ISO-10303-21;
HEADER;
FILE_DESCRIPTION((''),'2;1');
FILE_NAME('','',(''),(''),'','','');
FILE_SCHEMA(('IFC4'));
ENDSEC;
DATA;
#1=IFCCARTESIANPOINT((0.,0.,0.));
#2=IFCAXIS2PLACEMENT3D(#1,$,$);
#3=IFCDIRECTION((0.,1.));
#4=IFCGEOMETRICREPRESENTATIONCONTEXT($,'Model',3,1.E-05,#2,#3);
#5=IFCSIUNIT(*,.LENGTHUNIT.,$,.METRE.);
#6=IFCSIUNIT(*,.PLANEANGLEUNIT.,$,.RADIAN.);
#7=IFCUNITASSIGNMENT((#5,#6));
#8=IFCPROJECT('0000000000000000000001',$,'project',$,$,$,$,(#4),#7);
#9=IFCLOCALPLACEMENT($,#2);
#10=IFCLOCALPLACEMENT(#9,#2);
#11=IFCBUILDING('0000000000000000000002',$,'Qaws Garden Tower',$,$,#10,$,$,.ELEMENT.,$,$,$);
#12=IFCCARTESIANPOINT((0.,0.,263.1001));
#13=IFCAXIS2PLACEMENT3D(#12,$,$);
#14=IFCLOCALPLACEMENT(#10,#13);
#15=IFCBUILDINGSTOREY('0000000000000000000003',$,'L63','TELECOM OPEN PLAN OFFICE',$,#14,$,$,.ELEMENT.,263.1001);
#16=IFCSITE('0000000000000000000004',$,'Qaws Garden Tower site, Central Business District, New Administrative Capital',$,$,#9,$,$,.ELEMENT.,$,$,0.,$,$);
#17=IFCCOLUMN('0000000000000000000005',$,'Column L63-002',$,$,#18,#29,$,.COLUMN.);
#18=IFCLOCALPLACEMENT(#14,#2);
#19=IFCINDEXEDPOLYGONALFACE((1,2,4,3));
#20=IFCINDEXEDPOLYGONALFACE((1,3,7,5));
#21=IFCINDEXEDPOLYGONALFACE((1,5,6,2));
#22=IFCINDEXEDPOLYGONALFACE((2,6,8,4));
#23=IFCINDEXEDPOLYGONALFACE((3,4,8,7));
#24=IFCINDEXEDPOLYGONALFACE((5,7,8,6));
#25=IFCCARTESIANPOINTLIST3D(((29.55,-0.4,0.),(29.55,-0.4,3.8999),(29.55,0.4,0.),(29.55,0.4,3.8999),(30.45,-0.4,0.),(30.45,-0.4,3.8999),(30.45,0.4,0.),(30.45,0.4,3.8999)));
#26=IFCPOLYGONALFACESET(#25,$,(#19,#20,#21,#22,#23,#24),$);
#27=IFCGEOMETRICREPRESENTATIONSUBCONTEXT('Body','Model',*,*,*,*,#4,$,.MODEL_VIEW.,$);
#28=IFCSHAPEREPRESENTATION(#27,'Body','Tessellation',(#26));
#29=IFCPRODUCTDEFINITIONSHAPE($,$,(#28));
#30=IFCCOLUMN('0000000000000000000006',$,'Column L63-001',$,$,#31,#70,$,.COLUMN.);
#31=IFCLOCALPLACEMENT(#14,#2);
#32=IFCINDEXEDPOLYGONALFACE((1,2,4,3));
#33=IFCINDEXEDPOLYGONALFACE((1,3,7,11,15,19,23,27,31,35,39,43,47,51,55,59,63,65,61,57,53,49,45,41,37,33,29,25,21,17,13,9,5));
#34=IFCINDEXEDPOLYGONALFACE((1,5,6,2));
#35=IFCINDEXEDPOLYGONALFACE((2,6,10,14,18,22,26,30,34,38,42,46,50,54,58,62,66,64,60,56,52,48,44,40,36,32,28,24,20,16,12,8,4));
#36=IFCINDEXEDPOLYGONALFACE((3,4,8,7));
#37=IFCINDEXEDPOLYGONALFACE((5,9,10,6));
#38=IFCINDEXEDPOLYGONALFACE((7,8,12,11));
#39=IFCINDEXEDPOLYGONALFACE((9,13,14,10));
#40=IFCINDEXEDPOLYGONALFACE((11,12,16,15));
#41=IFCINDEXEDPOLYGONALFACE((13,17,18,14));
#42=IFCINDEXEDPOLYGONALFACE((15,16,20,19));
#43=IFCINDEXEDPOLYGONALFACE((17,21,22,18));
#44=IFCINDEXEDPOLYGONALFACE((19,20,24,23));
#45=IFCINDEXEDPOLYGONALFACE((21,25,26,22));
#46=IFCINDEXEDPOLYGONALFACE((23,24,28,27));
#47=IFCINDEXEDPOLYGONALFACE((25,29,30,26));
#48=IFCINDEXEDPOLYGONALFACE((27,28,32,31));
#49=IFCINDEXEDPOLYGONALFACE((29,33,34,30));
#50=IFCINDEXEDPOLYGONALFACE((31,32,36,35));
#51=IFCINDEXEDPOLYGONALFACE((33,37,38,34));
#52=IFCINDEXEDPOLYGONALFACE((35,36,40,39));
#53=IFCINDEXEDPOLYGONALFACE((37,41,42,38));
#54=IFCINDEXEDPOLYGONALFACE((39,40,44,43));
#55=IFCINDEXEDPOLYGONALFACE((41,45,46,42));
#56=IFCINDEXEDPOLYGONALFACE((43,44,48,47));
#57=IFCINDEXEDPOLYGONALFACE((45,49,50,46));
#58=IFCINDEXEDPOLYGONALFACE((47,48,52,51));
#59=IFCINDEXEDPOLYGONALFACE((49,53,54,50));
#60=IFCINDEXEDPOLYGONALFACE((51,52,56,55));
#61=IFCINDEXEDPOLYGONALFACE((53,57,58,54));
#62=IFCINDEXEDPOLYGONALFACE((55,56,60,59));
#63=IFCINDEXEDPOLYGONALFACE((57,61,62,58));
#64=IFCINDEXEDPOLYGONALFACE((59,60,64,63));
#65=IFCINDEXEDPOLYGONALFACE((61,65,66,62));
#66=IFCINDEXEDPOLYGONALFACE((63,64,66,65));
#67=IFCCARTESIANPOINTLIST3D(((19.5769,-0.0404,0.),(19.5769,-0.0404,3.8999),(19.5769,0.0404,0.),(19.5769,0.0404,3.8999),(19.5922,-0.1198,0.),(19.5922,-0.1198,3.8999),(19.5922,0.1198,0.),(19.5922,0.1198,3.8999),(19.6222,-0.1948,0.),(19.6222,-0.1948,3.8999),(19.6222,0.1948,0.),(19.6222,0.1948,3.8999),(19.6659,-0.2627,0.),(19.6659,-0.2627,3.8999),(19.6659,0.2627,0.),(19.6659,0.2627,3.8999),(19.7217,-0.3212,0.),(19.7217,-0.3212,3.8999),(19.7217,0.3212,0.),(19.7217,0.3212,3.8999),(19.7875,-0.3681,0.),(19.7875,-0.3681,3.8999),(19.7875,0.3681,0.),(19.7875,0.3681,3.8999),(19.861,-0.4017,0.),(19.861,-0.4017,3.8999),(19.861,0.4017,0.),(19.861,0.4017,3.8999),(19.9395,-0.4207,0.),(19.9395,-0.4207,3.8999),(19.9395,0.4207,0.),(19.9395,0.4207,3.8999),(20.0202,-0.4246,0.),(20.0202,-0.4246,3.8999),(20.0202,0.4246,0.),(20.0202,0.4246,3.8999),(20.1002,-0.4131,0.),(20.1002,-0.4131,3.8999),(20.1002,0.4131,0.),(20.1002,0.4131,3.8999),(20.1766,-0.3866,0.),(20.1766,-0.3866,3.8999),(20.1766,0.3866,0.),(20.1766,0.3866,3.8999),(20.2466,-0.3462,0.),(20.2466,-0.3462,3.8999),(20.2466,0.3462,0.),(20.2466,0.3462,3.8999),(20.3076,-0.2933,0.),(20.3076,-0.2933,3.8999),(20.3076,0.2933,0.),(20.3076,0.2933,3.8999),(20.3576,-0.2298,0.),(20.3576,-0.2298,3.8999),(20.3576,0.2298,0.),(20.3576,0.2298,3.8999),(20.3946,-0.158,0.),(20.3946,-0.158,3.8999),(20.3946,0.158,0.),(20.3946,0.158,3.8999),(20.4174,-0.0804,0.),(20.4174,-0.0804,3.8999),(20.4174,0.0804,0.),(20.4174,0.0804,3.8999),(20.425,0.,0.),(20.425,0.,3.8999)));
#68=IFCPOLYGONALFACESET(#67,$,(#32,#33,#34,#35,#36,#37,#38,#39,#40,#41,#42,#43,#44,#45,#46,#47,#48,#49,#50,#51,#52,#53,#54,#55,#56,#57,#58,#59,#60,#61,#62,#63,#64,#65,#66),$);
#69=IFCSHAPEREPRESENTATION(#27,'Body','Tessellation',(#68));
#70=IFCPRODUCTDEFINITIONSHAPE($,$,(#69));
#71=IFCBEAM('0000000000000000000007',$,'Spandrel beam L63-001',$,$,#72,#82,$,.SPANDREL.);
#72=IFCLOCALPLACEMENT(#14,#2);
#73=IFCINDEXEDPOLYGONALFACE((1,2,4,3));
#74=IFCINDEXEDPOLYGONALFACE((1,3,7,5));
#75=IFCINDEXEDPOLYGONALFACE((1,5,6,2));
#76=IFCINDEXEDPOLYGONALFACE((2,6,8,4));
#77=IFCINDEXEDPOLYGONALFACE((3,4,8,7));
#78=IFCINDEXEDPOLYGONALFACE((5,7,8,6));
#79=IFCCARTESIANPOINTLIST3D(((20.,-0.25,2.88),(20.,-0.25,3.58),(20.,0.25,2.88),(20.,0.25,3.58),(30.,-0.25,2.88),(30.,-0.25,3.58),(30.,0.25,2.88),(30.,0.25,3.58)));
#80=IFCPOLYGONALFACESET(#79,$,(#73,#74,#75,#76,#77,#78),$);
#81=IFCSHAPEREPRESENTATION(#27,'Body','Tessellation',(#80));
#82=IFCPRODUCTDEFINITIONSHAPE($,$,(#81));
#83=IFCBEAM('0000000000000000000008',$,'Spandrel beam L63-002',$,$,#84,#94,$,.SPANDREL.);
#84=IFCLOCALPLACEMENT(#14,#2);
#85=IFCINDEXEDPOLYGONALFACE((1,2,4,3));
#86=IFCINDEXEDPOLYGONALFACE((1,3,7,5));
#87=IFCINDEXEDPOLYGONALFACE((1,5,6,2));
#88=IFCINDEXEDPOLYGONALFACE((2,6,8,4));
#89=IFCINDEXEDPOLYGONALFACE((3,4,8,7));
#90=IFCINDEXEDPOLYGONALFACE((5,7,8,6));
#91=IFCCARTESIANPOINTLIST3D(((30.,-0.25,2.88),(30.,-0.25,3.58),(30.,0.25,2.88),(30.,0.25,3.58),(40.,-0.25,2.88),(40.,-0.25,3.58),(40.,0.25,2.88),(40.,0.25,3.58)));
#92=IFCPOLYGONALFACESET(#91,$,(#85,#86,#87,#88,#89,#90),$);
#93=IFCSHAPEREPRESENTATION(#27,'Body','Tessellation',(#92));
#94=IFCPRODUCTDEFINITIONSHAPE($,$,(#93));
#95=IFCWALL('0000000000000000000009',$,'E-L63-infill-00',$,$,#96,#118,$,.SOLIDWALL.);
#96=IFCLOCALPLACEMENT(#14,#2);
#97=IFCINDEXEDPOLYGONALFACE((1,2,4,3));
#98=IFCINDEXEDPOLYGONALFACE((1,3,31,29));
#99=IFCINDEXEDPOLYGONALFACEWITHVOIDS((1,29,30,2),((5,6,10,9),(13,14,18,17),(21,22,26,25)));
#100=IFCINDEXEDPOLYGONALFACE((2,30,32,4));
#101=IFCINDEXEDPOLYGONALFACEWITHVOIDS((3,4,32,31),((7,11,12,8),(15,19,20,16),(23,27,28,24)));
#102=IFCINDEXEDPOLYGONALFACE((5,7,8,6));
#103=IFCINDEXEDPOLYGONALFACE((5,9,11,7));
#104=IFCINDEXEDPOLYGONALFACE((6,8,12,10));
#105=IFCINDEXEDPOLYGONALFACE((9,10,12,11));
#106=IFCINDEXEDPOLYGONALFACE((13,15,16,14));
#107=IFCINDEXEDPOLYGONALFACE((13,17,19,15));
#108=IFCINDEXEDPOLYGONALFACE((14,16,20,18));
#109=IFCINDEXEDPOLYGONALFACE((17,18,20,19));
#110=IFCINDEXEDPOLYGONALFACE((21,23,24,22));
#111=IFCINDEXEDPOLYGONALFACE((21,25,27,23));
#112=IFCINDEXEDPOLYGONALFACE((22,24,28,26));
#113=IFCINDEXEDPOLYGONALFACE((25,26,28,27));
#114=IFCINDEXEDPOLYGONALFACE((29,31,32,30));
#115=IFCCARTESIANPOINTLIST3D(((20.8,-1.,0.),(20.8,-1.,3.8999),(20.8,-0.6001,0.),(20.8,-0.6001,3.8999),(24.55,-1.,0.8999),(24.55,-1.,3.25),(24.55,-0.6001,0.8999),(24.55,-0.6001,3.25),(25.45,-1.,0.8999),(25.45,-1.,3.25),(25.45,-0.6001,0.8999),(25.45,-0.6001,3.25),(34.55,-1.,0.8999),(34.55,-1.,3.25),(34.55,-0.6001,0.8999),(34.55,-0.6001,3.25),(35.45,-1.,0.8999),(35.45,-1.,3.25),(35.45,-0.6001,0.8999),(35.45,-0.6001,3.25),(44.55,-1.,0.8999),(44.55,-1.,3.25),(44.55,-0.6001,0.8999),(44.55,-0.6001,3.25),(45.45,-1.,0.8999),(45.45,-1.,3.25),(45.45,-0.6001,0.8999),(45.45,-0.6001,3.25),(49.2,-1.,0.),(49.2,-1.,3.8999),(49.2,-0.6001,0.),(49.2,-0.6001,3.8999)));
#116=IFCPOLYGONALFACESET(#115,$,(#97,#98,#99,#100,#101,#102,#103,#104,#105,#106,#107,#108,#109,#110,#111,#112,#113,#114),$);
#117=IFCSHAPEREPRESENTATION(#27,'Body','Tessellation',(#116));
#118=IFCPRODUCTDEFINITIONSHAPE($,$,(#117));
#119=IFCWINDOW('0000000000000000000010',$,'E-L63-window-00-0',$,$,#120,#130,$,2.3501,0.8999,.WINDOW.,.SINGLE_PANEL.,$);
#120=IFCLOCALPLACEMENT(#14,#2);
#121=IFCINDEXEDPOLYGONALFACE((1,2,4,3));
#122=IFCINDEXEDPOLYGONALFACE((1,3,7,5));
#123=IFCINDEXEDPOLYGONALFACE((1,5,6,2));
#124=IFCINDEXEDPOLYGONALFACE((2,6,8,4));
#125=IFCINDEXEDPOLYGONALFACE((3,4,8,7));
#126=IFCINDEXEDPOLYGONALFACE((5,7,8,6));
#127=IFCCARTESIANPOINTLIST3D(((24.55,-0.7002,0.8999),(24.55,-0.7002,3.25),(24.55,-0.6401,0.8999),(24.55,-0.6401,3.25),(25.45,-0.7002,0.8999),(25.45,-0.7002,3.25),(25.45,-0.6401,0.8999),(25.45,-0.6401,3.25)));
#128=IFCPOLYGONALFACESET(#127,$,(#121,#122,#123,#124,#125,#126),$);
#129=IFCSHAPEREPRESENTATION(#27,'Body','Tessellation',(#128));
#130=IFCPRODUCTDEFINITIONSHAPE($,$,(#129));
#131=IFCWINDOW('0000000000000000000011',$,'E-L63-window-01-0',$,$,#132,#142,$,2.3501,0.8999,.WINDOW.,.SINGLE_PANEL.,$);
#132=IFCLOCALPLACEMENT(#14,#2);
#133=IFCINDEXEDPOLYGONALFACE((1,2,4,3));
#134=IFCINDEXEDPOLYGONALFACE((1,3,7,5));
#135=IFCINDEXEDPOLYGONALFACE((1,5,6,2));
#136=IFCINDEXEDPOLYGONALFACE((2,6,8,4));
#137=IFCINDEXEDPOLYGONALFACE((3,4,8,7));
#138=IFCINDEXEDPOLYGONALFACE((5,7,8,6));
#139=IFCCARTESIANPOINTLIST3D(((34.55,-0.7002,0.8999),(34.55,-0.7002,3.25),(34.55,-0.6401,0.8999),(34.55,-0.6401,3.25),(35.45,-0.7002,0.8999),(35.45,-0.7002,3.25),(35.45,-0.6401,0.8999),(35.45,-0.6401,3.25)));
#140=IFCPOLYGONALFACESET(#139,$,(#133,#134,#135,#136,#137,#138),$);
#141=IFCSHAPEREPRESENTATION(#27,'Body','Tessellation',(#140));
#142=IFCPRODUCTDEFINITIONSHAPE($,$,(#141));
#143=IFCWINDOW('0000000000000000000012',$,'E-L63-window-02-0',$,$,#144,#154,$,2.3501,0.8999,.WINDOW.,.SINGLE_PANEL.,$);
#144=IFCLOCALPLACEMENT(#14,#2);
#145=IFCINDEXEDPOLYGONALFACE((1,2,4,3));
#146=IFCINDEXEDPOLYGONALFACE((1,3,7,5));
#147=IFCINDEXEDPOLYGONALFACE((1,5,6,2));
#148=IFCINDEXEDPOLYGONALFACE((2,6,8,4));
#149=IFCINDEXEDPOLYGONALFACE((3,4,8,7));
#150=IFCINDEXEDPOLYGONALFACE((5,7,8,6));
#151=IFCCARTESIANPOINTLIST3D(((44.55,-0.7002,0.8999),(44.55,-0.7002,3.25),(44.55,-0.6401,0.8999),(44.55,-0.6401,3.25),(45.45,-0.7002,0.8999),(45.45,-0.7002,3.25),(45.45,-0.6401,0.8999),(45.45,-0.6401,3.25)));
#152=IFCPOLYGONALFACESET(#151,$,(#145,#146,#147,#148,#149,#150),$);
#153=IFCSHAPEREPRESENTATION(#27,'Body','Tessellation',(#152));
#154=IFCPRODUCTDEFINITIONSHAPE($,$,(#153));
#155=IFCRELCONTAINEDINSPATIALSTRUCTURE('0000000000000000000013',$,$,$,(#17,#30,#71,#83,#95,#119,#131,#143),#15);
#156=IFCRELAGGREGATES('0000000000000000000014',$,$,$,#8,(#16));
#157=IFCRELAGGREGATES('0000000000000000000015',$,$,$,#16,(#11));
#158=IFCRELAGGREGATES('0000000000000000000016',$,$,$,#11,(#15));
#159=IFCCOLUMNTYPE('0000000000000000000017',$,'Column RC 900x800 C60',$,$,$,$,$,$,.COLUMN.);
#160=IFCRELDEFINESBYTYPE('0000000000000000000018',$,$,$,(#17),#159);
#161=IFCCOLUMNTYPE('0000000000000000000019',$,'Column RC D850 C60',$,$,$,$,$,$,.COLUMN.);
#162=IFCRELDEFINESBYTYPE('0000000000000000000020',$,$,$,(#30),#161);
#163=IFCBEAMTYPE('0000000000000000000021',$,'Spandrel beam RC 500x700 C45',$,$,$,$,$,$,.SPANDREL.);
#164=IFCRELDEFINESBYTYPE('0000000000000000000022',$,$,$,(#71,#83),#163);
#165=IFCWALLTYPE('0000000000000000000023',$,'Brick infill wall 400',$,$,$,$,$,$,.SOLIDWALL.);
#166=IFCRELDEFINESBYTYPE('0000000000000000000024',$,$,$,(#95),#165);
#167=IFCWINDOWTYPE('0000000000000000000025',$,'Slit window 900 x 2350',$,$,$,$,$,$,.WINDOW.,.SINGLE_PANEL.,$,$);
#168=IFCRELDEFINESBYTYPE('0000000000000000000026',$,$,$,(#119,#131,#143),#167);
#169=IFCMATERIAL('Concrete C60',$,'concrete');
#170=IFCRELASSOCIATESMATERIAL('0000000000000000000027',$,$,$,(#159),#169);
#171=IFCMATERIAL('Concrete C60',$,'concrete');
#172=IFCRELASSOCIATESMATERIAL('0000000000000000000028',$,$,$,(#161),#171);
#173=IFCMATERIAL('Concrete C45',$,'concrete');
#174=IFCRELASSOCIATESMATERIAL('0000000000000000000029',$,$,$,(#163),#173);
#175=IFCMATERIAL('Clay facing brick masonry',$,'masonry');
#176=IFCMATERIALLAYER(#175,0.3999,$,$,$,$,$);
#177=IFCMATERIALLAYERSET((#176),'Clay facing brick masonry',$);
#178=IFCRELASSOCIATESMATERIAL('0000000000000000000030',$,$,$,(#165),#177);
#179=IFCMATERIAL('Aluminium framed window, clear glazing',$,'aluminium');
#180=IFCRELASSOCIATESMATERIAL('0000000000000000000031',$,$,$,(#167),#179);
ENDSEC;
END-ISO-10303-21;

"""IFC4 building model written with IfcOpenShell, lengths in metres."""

from ifc_helpers import new_model, si_unit, direction, frame, frame_2d, origin, origin_2d, place, context, subcontext, project, spatial, rectangle, circle, extrude, material, layer, layer_set, material_profile, profile_set, type_object, element, fill, save


model = new_model("IFC4")

# Units and contexts
model_context = context("Model", 3, precision=1e-05, world=origin(), true_north=direction((0.0, 1.0)))
body_context = subcontext(model_context, "Body", "Model", "MODEL_VIEW")
ifc_project = project(units=[si_unit("LENGTHUNIT", "METRE"), si_unit("PLANEANGLEUNIT", "RADIAN")], contexts=[model_context])

# Site, building, storey
site_placement = place(None, origin())
site = spatial("IfcSite", under=ifc_project, at=site_placement, Name="Qaws Garden Tower site, Central Business District, New Administrative Capital", CompositionType="ELEMENT", RefElevation=0.0)
building_placement = place(site_placement, origin())
building = spatial("IfcBuilding", under=site, at=building_placement, Name="Qaws Garden Tower", CompositionType="ELEMENT")
storey_placement = place(building_placement, frame((0.0, 0.0, 263.1001)))
storey = spatial("IfcBuildingStorey", under=building, at=storey_placement, Name="L63", Description="TELECOM OPEN PLAN OFFICE", CompositionType="ELEMENT", Elevation=263.1001)

# Columns
ifc_material_1 = material(Name="Concrete C60", Category="concrete")
ifc_material_profile_1 = material_profile(ifc_material_1, rectangle(XDim=0.8999, YDim=0.8, at=origin_2d()), Name="RC 900x800")
ifc_profile_set_1 = profile_set([ifc_material_profile_1], Name="Concrete C60")
column_type_1 = type_object("IfcColumnType", Name="Column RC 900x800 C60", PredefinedType="COLUMN", material=ifc_profile_set_1)
column_1_placement = place(storey_placement, frame((30.0, 0.0, 0.0), z_axis=(0.0, 0.0, 1.0), x_axis=(1.0, 0.0, 0.0)))
element("IfcColumn", 1, at=column_1_placement, inside=storey, type_object=column_type_1, Name="Column L63-002", PredefinedType="COLUMN", context=body_context, shape_type="SweptSolid", body=[
    extrude(rectangle(XDim=0.8999, YDim=0.8, at=origin_2d()), origin(), (0.0, 0.0, 1.0), 3.8999),
])
ifc_material_2 = material(Name="Concrete C60", Category="concrete")
ifc_material_profile_2 = material_profile(ifc_material_2, circle(Radius=0.425, at=origin_2d()), Name="RC D850")
ifc_profile_set_2 = profile_set([ifc_material_profile_2], Name="Concrete C60")
column_type_2 = type_object("IfcColumnType", Name="Column RC D850 C60", PredefinedType="COLUMN", material=ifc_profile_set_2)
column_2_placement = place(storey_placement, frame((20.0, 0.0, 0.0), z_axis=(0.0, 0.0, 1.0), x_axis=(1.0, 0.0, 0.0)))
element("IfcColumn", 2, at=column_2_placement, inside=storey, type_object=column_type_2, Name="Column L63-001", PredefinedType="COLUMN", context=body_context, shape_type="SweptSolid", body=[
    extrude(circle(Radius=0.425, at=origin_2d()), origin(), (0.0, 0.0, 1.0), 3.8999),
])

# Beams
ifc_material_3 = material(Name="Concrete C45", Category="concrete")
ifc_material_profile_3 = material_profile(ifc_material_3, rectangle(XDim=0.5, YDim=0.7, at=origin_2d()), Name="RC 500x700")
ifc_profile_set_3 = profile_set([ifc_material_profile_3], Name="Concrete C45")
beam_type = type_object("IfcBeamType", Name="Spandrel beam RC 500x700 C45", PredefinedType="SPANDREL", material=ifc_profile_set_3)
for number, where, z_axis, x_axis, name in (
    (3, (20.0, 0.0, 3.23), (1.0, 0.0, 0.0), (0.0, 1.0, 0.0), "Spandrel beam L63-001"),
    (4, (30.0, 0.0, 3.23), (1.0, 0.0, 0.0), (0.0, 1.0, 0.0), "Spandrel beam L63-002"),
):
    element("IfcBeam", number, at=place(storey_placement, frame(where, z_axis=z_axis, x_axis=x_axis)), inside=storey, type_object=beam_type, Name=name, PredefinedType="SPANDREL", context=body_context, shape_type="SweptSolid", body=[
        extrude(rectangle(XDim=0.5, YDim=0.7, at=origin_2d()), origin(), (0.0, 0.0, 1.0), 10.0),
    ])

# Wall, openings, windows
ifc_material_4 = material(Name="Clay facing brick masonry", Category="masonry")
ifc_layer_1 = layer(ifc_material_4, 0.3999)
ifc_layer_set_1 = layer_set([ifc_layer_1], Name="Clay facing brick masonry")
wall_type_1 = type_object("IfcWallType", Name="Brick infill wall 400", PredefinedType="SOLIDWALL", material=ifc_layer_set_1)
wall_1_placement = place(storey_placement, frame((20.8, -0.8, 0.0), z_axis=(0.0, 0.0, 1.0), x_axis=(1.0, 0.0, 0.0)))
wall_1 = element("IfcWall", 5, at=wall_1_placement, inside=storey, type_object=wall_type_1, Name="E-L63-infill-00", PredefinedType="SOLIDWALL", context=body_context, shape_type="SweptSolid", body=[
    extrude(rectangle(XDim=28.3999, YDim=0.3999, at=frame_2d((14.2, 0.0))), origin(), (0.0, 0.0, 1.0), 3.8999),
])
opening_1_placement = place(wall_1_placement, frame((3.75, 0.0, 0.8999)))
opening_1 = element("IfcOpeningElement", 6, at=opening_1_placement, cuts=wall_1, PredefinedType="OPENING", context=body_context, shape_type="SweptSolid", body=[
    extrude(rectangle(XDim=0.8999, YDim=2.3501, at=frame_2d((0.45, 1.175))), frame((0.0, 0.21, 0.0), z_axis=(0.0, -1.0, 0.0), x_axis=(1.0, 0.0, 0.0)), (0.0, 0.0, 1.0), 0.4199),
])
opening_2_placement = place(wall_1_placement, frame((13.75, 0.0, 0.8999)))
opening_2 = element("IfcOpeningElement", 7, at=opening_2_placement, cuts=wall_1, PredefinedType="OPENING", context=body_context, shape_type="SweptSolid", body=[
    extrude(rectangle(XDim=0.8999, YDim=2.3501, at=frame_2d((0.45, 1.175))), frame((0.0, 0.21, 0.0), z_axis=(0.0, -1.0, 0.0), x_axis=(1.0, 0.0, 0.0)), (0.0, 0.0, 1.0), 0.4199),
])
opening_3_placement = place(wall_1_placement, frame((23.75, 0.0, 0.8999)))
opening_3 = element("IfcOpeningElement", 8, at=opening_3_placement, cuts=wall_1, PredefinedType="OPENING", context=body_context, shape_type="SweptSolid", body=[
    extrude(rectangle(XDim=0.8999, YDim=2.3501, at=frame_2d((0.45, 1.175))), frame((0.0, 0.21, 0.0), z_axis=(0.0, -1.0, 0.0), x_axis=(1.0, 0.0, 0.0)), (0.0, 0.0, 1.0), 0.4199),
])
ifc_material_5 = material(Name="Aluminium framed window, clear glazing", Category="aluminium")
window_type = type_object("IfcWindowType", Name="Slit window 900 x 2350", PartitioningType="SINGLE_PANEL", PredefinedType="WINDOW", material=ifc_material_5)
window_1_placement = place(opening_1_placement, origin())
window_1 = element("IfcWindow", 9, at=window_1_placement, inside=storey, type_object=window_type, Name="E-L63-window-00-0", OverallHeight=2.3501, OverallWidth=0.8999, PartitioningType="SINGLE_PANEL", PredefinedType="WINDOW", context=body_context, shape_type="SweptSolid", body=[
    extrude(rectangle(XDim=0.8999, YDim=2.3501, at=frame_2d((0.45, 1.175))), frame((0.0, 0.1599, 0.0), z_axis=(0.0, -1.0, 0.0), x_axis=(1.0, 0.0, 0.0)), (0.0, 0.0, 1.0), 0.0601),
])
fill(opening_1, window_1)
window_2_placement = place(opening_2_placement, origin())
window_2 = element("IfcWindow", 10, at=window_2_placement, inside=storey, type_object=window_type, Name="E-L63-window-01-0", OverallHeight=2.3501, OverallWidth=0.8999, PartitioningType="SINGLE_PANEL", PredefinedType="WINDOW", context=body_context, shape_type="SweptSolid", body=[
    extrude(rectangle(XDim=0.8999, YDim=2.3501, at=frame_2d((0.45, 1.175))), frame((0.0, 0.1599, 0.0), z_axis=(0.0, -1.0, 0.0), x_axis=(1.0, 0.0, 0.0)), (0.0, 0.0, 1.0), 0.0601),
])
fill(opening_2, window_2)
window_3_placement = place(opening_3_placement, origin())
window_3 = element("IfcWindow", 11, at=window_3_placement, inside=storey, type_object=window_type, Name="E-L63-window-02-0", OverallHeight=2.3501, OverallWidth=0.8999, PartitioningType="SINGLE_PANEL", PredefinedType="WINDOW", context=body_context, shape_type="SweptSolid", body=[
    extrude(rectangle(XDim=0.8999, YDim=2.3501, at=frame_2d((0.45, 1.175))), frame((0.0, 0.1599, 0.0), z_axis=(0.0, -1.0, 0.0), x_axis=(1.0, 0.0, 0.0)), (0.0, 0.0, 1.0), 0.0601),
])
fill(opening_3, window_3)

save(model, "model.ifc")
